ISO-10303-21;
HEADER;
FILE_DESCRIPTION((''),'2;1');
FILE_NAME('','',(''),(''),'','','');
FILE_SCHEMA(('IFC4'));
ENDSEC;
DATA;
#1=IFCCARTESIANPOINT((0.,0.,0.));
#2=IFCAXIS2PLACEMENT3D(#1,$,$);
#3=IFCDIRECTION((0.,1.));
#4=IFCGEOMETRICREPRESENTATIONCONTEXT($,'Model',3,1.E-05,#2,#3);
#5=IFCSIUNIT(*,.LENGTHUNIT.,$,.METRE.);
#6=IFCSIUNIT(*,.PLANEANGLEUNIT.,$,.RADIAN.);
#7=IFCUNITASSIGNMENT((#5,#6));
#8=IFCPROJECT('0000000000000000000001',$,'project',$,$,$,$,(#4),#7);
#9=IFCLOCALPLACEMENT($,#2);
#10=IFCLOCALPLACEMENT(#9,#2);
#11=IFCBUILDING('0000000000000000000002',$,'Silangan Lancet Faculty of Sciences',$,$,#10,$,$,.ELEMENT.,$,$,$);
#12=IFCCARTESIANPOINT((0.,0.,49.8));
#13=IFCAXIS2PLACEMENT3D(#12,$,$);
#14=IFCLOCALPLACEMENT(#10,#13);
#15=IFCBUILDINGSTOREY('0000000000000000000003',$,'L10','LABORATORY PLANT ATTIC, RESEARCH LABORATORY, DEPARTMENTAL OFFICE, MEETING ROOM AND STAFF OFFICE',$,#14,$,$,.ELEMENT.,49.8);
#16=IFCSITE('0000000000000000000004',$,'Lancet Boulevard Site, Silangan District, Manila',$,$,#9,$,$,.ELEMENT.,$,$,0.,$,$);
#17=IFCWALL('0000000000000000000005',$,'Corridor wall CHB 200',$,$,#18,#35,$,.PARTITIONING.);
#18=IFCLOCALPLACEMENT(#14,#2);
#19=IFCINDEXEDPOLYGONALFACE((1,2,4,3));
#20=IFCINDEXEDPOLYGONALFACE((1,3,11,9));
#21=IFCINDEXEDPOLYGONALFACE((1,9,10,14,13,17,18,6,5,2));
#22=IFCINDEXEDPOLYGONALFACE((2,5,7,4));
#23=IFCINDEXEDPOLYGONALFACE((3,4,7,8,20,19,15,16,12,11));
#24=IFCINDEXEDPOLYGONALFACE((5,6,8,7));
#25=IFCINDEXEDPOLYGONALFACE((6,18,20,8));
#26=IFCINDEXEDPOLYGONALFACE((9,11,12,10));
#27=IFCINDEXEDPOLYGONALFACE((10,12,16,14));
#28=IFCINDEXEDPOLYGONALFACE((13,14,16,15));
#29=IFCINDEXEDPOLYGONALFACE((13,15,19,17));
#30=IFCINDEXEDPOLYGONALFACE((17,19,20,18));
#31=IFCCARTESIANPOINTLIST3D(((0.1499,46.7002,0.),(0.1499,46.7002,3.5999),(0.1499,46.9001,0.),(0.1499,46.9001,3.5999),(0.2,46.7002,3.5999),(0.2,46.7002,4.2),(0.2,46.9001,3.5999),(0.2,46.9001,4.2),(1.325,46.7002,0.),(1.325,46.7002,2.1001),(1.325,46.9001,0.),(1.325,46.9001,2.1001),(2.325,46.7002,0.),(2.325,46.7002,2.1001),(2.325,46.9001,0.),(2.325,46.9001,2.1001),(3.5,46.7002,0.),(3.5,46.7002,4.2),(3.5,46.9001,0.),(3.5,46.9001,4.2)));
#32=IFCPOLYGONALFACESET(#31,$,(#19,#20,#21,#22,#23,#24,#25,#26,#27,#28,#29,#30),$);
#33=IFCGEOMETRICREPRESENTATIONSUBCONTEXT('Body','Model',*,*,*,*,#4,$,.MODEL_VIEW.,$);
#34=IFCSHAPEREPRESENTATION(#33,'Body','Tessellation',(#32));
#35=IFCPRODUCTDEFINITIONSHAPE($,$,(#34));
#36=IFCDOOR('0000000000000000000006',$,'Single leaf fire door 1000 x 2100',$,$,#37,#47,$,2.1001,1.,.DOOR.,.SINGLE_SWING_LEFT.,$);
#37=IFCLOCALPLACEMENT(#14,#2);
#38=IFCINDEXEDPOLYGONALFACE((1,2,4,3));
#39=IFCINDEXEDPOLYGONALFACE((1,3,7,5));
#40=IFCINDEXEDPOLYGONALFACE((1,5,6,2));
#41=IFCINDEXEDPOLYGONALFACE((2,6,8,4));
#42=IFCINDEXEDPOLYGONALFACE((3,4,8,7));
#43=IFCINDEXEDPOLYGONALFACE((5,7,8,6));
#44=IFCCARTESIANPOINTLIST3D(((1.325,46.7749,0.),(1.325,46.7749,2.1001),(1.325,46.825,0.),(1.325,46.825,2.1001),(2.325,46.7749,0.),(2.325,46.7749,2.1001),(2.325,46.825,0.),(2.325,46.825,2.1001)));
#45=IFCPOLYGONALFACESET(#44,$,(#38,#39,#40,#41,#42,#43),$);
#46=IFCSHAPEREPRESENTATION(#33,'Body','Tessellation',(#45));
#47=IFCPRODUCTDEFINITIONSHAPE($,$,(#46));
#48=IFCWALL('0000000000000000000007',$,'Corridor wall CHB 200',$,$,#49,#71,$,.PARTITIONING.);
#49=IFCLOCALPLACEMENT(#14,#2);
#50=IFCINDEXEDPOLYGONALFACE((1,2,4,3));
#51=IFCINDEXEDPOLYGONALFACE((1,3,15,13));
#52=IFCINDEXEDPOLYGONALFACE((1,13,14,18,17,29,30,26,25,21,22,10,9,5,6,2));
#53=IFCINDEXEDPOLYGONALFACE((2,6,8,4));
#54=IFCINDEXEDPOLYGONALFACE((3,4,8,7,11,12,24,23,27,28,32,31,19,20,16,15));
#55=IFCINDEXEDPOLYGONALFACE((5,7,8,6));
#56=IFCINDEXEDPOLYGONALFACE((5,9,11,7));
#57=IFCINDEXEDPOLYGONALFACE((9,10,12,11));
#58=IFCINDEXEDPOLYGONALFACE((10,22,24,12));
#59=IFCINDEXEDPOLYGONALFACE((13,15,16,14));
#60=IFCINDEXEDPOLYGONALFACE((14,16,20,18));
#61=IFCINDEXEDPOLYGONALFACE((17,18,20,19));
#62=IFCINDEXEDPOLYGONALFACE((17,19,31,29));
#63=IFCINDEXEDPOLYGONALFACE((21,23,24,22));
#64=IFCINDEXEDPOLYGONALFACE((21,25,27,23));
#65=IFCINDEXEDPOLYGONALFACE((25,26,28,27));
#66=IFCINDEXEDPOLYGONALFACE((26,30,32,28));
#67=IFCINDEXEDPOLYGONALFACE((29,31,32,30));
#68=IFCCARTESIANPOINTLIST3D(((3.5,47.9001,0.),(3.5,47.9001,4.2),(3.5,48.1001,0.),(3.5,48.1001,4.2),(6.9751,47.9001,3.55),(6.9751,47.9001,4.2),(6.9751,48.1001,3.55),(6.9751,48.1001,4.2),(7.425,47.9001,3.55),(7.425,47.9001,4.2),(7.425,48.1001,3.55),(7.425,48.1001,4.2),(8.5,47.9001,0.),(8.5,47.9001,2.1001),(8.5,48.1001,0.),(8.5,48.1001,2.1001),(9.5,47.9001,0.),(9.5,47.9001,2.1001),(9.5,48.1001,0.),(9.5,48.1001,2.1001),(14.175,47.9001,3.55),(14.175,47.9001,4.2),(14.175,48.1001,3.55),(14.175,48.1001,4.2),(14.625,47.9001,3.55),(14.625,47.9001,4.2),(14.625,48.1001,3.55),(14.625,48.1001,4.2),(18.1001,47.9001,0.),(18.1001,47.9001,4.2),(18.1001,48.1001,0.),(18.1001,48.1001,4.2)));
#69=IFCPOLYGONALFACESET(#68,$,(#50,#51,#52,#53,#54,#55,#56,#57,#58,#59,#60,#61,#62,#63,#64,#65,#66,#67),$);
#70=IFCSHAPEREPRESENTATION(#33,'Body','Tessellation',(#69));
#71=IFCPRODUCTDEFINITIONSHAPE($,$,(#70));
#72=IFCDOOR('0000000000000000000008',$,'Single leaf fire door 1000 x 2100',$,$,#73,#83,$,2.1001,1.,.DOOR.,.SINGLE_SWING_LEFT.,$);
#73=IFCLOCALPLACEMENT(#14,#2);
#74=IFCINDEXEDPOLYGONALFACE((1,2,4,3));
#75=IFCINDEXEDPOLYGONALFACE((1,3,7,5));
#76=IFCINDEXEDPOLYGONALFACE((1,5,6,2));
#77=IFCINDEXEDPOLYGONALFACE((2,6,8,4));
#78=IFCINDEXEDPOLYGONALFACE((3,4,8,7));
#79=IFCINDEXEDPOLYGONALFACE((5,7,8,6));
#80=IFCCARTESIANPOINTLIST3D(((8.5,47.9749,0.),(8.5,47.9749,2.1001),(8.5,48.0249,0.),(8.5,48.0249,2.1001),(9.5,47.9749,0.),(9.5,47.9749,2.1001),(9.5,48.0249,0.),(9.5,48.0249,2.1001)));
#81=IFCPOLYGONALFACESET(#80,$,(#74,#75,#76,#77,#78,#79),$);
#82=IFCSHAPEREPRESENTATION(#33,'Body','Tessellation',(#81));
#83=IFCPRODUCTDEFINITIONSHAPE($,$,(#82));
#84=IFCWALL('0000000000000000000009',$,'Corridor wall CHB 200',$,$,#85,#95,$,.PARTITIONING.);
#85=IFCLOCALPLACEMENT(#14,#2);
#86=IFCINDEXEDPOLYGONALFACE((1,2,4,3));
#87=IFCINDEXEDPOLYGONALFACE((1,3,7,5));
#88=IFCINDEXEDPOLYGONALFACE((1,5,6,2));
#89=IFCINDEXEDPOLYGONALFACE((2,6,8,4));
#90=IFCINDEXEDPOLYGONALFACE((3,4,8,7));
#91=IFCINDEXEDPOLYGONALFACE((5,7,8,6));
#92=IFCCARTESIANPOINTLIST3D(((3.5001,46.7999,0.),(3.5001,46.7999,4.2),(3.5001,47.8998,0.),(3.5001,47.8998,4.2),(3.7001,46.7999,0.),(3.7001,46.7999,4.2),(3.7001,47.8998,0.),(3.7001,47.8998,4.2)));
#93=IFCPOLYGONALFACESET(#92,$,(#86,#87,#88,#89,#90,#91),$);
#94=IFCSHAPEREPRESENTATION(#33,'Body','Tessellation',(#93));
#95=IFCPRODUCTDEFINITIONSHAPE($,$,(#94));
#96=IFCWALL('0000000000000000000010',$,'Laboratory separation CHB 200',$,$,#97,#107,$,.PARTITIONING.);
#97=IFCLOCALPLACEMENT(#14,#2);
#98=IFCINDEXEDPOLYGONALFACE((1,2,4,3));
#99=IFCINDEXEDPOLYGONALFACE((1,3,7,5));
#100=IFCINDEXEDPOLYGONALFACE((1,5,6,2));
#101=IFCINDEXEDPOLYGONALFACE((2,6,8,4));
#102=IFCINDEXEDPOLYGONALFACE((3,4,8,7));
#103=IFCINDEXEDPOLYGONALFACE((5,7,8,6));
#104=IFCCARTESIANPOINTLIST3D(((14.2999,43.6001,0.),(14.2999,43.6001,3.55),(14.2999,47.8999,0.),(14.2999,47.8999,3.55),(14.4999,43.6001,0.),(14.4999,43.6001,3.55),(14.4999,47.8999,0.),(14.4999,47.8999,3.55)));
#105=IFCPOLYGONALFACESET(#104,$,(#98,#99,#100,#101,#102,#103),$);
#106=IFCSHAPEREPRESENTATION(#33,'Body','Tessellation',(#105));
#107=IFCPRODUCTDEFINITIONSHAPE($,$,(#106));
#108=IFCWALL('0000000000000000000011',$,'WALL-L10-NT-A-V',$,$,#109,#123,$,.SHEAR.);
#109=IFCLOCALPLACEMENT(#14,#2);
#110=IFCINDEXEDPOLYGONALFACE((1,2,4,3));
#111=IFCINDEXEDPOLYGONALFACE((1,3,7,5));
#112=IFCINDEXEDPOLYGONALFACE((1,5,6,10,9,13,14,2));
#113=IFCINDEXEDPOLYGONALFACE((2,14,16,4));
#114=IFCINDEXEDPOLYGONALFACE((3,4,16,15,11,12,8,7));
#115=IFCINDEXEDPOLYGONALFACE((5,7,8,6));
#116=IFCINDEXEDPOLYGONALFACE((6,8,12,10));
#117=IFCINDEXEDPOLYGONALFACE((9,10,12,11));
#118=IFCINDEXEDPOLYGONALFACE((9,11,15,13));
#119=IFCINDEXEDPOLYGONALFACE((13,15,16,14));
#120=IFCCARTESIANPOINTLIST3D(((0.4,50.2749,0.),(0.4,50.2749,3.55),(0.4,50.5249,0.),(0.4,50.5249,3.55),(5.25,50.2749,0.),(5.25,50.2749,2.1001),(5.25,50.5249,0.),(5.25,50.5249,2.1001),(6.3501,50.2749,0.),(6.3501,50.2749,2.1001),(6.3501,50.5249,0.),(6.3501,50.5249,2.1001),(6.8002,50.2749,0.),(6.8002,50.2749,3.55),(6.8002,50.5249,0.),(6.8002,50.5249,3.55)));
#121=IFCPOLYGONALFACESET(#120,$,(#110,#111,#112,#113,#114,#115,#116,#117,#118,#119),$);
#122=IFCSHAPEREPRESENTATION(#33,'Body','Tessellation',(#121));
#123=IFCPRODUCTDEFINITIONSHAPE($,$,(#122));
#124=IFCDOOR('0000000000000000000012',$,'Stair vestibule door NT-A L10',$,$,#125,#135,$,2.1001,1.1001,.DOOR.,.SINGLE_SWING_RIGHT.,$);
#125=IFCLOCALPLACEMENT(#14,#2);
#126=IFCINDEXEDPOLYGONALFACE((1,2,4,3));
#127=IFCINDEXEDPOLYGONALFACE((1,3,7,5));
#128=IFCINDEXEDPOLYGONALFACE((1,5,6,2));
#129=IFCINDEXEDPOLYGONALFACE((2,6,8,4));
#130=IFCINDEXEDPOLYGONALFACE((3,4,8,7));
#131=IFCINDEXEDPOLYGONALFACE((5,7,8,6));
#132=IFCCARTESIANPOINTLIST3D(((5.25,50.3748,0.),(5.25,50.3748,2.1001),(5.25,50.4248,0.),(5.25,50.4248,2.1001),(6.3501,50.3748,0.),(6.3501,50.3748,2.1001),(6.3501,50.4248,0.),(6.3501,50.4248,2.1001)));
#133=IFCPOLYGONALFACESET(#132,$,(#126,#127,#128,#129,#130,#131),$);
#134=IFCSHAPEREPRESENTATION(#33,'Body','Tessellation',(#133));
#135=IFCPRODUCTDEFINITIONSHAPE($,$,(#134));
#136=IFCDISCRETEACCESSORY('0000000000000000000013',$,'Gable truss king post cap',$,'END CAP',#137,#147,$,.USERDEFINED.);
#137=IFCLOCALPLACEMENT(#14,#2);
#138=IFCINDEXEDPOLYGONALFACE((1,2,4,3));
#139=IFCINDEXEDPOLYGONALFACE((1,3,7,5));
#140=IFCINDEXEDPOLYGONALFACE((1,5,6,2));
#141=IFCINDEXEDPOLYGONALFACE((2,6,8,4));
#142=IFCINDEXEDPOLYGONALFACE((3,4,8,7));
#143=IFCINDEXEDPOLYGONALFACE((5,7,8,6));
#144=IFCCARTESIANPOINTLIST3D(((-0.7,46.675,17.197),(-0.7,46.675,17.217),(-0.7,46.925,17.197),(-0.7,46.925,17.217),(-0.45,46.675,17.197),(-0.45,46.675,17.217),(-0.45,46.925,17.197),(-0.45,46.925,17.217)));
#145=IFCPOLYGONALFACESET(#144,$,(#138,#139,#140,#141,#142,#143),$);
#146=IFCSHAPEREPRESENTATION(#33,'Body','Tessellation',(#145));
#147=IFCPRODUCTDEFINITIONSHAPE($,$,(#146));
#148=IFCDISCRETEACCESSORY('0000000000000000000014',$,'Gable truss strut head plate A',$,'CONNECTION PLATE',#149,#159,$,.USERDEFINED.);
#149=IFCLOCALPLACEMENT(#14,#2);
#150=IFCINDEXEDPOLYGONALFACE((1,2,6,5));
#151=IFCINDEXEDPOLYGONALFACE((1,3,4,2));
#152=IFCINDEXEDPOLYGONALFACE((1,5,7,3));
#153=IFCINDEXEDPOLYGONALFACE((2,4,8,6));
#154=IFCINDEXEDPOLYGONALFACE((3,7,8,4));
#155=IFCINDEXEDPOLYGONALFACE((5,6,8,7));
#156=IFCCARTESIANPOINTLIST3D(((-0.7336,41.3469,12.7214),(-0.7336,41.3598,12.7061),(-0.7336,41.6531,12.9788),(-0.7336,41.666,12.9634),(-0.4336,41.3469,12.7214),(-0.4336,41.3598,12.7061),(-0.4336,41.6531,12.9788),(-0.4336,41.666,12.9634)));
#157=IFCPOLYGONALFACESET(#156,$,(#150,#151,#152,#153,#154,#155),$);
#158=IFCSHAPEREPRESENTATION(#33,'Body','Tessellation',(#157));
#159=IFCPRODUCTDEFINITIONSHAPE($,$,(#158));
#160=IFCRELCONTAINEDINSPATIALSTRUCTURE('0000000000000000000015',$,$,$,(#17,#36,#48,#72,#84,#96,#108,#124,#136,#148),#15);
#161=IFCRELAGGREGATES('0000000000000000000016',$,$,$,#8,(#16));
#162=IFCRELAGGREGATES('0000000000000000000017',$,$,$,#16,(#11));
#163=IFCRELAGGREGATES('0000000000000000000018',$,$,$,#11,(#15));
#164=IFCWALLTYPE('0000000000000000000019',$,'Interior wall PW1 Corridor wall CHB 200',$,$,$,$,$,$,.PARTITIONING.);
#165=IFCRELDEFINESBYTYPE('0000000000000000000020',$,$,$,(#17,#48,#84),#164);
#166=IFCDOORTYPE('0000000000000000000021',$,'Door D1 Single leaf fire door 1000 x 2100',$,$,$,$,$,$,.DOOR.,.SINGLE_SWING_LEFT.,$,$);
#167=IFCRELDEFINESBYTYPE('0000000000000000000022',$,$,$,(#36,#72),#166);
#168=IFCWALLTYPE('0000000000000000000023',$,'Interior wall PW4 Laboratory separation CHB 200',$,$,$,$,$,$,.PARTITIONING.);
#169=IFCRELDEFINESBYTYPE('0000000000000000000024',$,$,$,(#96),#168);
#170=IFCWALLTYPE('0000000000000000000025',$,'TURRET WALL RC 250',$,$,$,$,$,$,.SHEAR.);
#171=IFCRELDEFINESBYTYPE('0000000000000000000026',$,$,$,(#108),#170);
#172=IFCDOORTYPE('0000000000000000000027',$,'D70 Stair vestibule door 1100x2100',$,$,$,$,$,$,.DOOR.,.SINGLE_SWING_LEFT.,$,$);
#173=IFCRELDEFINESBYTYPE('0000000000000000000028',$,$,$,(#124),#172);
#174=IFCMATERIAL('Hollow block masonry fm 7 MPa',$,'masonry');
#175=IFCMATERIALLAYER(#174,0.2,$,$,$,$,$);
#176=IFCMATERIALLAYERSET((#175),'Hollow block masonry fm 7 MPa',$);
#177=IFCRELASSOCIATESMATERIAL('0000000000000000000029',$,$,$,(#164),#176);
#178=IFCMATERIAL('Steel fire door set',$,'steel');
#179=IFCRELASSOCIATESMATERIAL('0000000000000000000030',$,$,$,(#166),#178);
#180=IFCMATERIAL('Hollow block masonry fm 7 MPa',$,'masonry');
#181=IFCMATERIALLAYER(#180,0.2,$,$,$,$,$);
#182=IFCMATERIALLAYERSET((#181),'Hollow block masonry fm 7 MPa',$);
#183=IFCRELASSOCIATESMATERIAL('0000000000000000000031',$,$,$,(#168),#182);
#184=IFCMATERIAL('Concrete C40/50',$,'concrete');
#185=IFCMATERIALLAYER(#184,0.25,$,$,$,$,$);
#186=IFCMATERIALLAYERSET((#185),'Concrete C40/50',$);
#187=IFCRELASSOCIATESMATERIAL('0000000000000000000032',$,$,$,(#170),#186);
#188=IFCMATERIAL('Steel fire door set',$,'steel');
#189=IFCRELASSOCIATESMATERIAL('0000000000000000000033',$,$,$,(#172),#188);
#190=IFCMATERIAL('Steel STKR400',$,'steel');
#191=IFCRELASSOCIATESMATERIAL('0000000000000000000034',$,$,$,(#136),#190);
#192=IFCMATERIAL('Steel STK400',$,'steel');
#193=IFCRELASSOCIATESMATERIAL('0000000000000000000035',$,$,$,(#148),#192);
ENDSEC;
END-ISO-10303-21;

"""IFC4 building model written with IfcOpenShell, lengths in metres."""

from ifc_helpers import new_model, si_unit, direction, frame, frame_2d, origin, origin_2d, place, context, subcontext, project, spatial, polyline, rectangle, outline, extrude, material, layer, layer_set, type_object, element, fill, save


model = new_model("IFC4")

# Units and contexts
model_context = context("Model", 3, precision=1e-05, world=origin(), true_north=direction((0.0, 1.0)))
body_context = subcontext(model_context, "Body", "Model", "MODEL_VIEW")
ifc_project = project(units=[si_unit("LENGTHUNIT", "METRE"), si_unit("PLANEANGLEUNIT", "RADIAN")], contexts=[model_context])

# Site, building, storey
site_placement = place(None, origin())
site = spatial("IfcSite", under=ifc_project, at=site_placement, Name="Lancet Boulevard Site, Silangan District, Manila", CompositionType="ELEMENT", RefElevation=0.0)
building_placement = place(site_placement, origin())
building = spatial("IfcBuilding", under=site, at=building_placement, Name="Silangan Lancet Faculty of Sciences", CompositionType="ELEMENT")
storey_placement = place(building_placement, frame((0.0, 0.0, 49.8)))
storey = spatial("IfcBuildingStorey", under=building, at=storey_placement, Name="L10", Description="LABORATORY PLANT ATTIC, RESEARCH LABORATORY, DEPARTMENTAL OFFICE, MEETING ROOM AND STAFF OFFICE", CompositionType="ELEMENT", Elevation=49.8)

# Walls, openings, doors
ifc_material_1 = material(Name="Hollow block masonry fm 7 MPa", Category="masonry")
ifc_layer_1 = layer(ifc_material_1, 0.2)
ifc_layer_set_1 = layer_set([ifc_layer_1], Name="Hollow block masonry fm 7 MPa")
wall_type_1 = type_object("IfcWallType", Name="Interior wall PW1 Corridor wall CHB 200", PredefinedType="PARTITIONING", material=ifc_layer_set_1)
wall_1_placement = place(storey_placement, frame((0.1499, 46.8, 0.0), z_axis=(0.0, 0.0, 1.0), x_axis=(1.0, 0.0, 0.0)))
wall_1 = element("IfcWall", 1, at=wall_1_placement, inside=storey, type_object=wall_type_1, Name="Corridor wall CHB 200", PredefinedType="PARTITIONING", context=body_context, shape_type="SweptSolid", body=[
    extrude(outline(polyline([(0.0, 0.0), (3.3501, 0.0), (3.3501, 4.2), (0.05, 4.2), (0.05, 3.5999), (0.0, 3.5999), (0.0, 0.0)])), frame((0.0, 0.1001, 0.0), z_axis=(0.0, -1.0, 0.0), x_axis=(1.0, 0.0, 0.0)), (0.0, 0.0, 1.0), 0.2),
])
opening_1_placement = place(wall_1_placement, frame((1.175, 0.0, 0.0)))
opening_1 = element("IfcOpeningElement", 2, at=opening_1_placement, cuts=wall_1, PredefinedType="OPENING", context=body_context, shape_type="SweptSolid", body=[
    extrude(rectangle(XDim=1.0, YDim=2.1001, at=frame_2d((0.5, 1.05))), frame((0.0, 0.1099, 0.0), z_axis=(0.0, -1.0, 0.0), x_axis=(1.0, 0.0, 0.0)), (0.0, 0.0, 1.0), 0.22),
])
ifc_material_2 = material(Name="Steel fire door set", Category="steel")
door_type_1 = type_object("IfcDoorType", Name="Door D1 Single leaf fire door 1000 x 2100", OperationType="SINGLE_SWING_LEFT", PredefinedType="DOOR", material=ifc_material_2)
door_1_placement = place(opening_1_placement, frame((1.0, 0.0, 0.0), z_axis=(0.0, 0.0, 1.0), x_axis=(-1.0, 0.0, 0.0)))
door_1 = element("IfcDoor", 3, at=door_1_placement, inside=storey, type_object=door_type_1, Name="Single leaf fire door 1000 x 2100", OperationType="SINGLE_SWING_LEFT", OverallHeight=2.1001, OverallWidth=1.0, PredefinedType="DOOR", context=body_context, shape_type="SweptSolid", body=[
    extrude(rectangle(XDim=1.0, YDim=2.1001, at=frame_2d((0.5, 1.05))), frame((0.0, 0.0251, 0.0), z_axis=(0.0, -1.0, 0.0), x_axis=(1.0, 0.0, 0.0)), (0.0, 0.0, 1.0), 0.05),
])
fill(opening_1, door_1)
wall_2_placement = place(storey_placement, frame((3.5, 48.0, 0.0), z_axis=(0.0, 0.0, 1.0), x_axis=(1.0, 0.0, 0.0)))
wall_2 = element("IfcWall", 4, at=wall_2_placement, inside=storey, type_object=wall_type_1, Name="Corridor wall CHB 200", PredefinedType="PARTITIONING", context=body_context, shape_type="SweptSolid", body=[
    extrude(outline(polyline([(0.0, 0.0), (14.6001, 0.0), (14.6001, 4.2), (11.125, 4.2), (11.125, 3.55), (10.675, 3.55), (10.675, 4.2), (3.925, 4.2), (3.925, 3.55), (3.4751, 3.55), (3.4751, 4.2), (0.0, 4.2), (0.0, 0.0)])), frame((0.0, 0.1001, 0.0), z_axis=(0.0, -1.0, 0.0), x_axis=(1.0, 0.0, 0.0)), (0.0, 0.0, 1.0), 0.2),
])
opening_2_placement = place(wall_2_placement, frame((5.0, 0.0, 0.0)))
opening_2 = element("IfcOpeningElement", 5, at=opening_2_placement, cuts=wall_2, PredefinedType="OPENING", context=body_context, shape_type="SweptSolid", body=[
    extrude(rectangle(XDim=1.0, YDim=2.1001, at=frame_2d((0.5, 1.05))), frame((0.0, 0.1099, 0.0), z_axis=(0.0, -1.0, 0.0), x_axis=(1.0, 0.0, 0.0)), (0.0, 0.0, 1.0), 0.22),
])
door_2_placement = place(opening_2_placement, frame((1.0, 0.0, 0.0), z_axis=(0.0, 0.0, 1.0), x_axis=(-1.0, 0.0, 0.0)))
door_2 = element("IfcDoor", 6, at=door_2_placement, inside=storey, type_object=door_type_1, Name="Single leaf fire door 1000 x 2100", OperationType="SINGLE_SWING_LEFT", OverallHeight=2.1001, OverallWidth=1.0, PredefinedType="DOOR", context=body_context, shape_type="SweptSolid", body=[
    extrude(rectangle(XDim=1.0, YDim=2.1001, at=frame_2d((0.5, 1.05))), frame((0.0, 0.0251, 0.0), z_axis=(0.0, -1.0, 0.0), x_axis=(1.0, 0.0, 0.0)), (0.0, 0.0, 1.0), 0.05),
])
fill(opening_2, door_2)

# Walls
wall_3_placement = place(storey_placement, frame((3.6001, 46.8, 0.0), z_axis=(0.0, 0.0, 1.0), x_axis=(0.0, 1.0, 0.0)))
element("IfcWall", 7, at=wall_3_placement, inside=storey, type_object=wall_type_1, Name="Corridor wall CHB 200", PredefinedType="PARTITIONING", context=body_context, shape_type="SweptSolid", body=[
    extrude(rectangle(XDim=1.0999, YDim=0.2, at=frame_2d((0.5498, 0.0))), origin(), (0.0, 0.0, 1.0), 4.2),
])
ifc_material_3 = material(Name="Hollow block masonry fm 7 MPa", Category="masonry")
ifc_layer_2 = layer(ifc_material_3, 0.2)
ifc_layer_set_2 = layer_set([ifc_layer_2], Name="Hollow block masonry fm 7 MPa")
wall_type_2 = type_object("IfcWallType", Name="Interior wall PW4 Laboratory separation CHB 200", PredefinedType="PARTITIONING", material=ifc_layer_set_2)
wall_4_placement = place(storey_placement, frame((14.3999, 43.6001, 0.0), z_axis=(0.0, 0.0, 1.0), x_axis=(0.0, 1.0, 0.0)))
element("IfcWall", 8, at=wall_4_placement, inside=storey, type_object=wall_type_2, Name="Laboratory separation CHB 200", PredefinedType="PARTITIONING", context=body_context, shape_type="SweptSolid", body=[
    extrude(rectangle(XDim=4.2998, YDim=0.2, at=frame_2d((2.1499, 0.0))), origin(), (0.0, 0.0, 1.0), 3.55),
])

# Wall, opening, door
ifc_material_4 = material(Name="Concrete C40/50", Category="concrete")
ifc_layer_3 = layer(ifc_material_4, 0.25)
ifc_layer_set_3 = layer_set([ifc_layer_3], Name="Concrete C40/50")
wall_type_3 = type_object("IfcWallType", Name="TURRET WALL RC 250", PredefinedType="SHEAR", material=ifc_layer_set_3)
wall_5_placement = place(storey_placement, frame((0.3999, 50.3999, 0.0), z_axis=(0.0, 0.0, 1.0), x_axis=(1.0, 0.0, 0.0)))
wall_5 = element("IfcWall", 9, at=wall_5_placement, inside=storey, type_object=wall_type_3, Name="WALL-L10-NT-A-V", PredefinedType="SHEAR", context=body_context, shape_type="SweptSolid", body=[
    extrude(rectangle(XDim=6.4001, YDim=0.25, at=frame_2d((3.2002, 0.0))), origin(), (0.0, 0.0, 1.0), 3.55),
])
opening_3_placement = place(wall_5_placement, frame((4.8501, 0.0, 0.0)))
opening_3 = element("IfcOpeningElement", 10, at=opening_3_placement, cuts=wall_5, PredefinedType="OPENING", context=body_context, shape_type="SweptSolid", body=[
    extrude(rectangle(XDim=1.1001, YDim=2.1001, at=frame_2d((0.55, 1.05))), frame((0.0, 0.135, 0.0), z_axis=(0.0, -1.0, 0.0), x_axis=(1.0, 0.0, 0.0)), (0.0, 0.0, 1.0), 0.27),
])
ifc_material_5 = material(Name="Steel fire door set", Category="steel")
door_type_2 = type_object("IfcDoorType", Name="D70 Stair vestibule door 1100x2100", OperationType="SINGLE_SWING_LEFT", PredefinedType="DOOR", material=ifc_material_5)
door_3_placement = place(opening_3_placement, origin())
door_3 = element("IfcDoor", 11, at=door_3_placement, inside=storey, type_object=door_type_2, Name="Stair vestibule door NT-A L10", OperationType="SINGLE_SWING_RIGHT", OverallHeight=2.1001, OverallWidth=1.1001, PredefinedType="DOOR", context=body_context, shape_type="SweptSolid", body=[
    extrude(rectangle(XDim=1.1001, YDim=2.1001, at=frame_2d((0.55, 1.05))), frame((0.0, 0.0249, 0.0), z_axis=(0.0, -1.0, 0.0), x_axis=(1.0, 0.0, 0.0)), (0.0, 0.0, 1.0), 0.05),
])
fill(opening_3, door_3)

# Discrete accessories
ifc_material_6 = material(Name="Steel STKR400", Category="steel")
discrete_accessory_1_placement = place(storey_placement, frame((-0.575, 46.8, 17.197), z_axis=(0.0, 0.0, 1.0), x_axis=(1.0, 0.0, 0.0)))
element("IfcDiscreteAccessory", 12, at=discrete_accessory_1_placement, inside=storey, material=ifc_material_6, Name="Gable truss king post cap", ObjectType="END CAP", PredefinedType="USERDEFINED", context=body_context, shape_type="SweptSolid", body=[
    extrude(rectangle(XDim=0.25, YDim=0.25, at=origin_2d()), origin(), (0.0, 0.0, 1.0), 0.02),
])
ifc_material_7 = material(Name="Steel STK400", Category="steel")
discrete_accessory_2_placement = place(storey_placement, frame((-0.7336, 41.3469, 12.7214), z_axis=(0.0, -0.643421, 0.765512), x_axis=(1.0, 0.0, 0.0)))
element("IfcDiscreteAccessory", 13, at=discrete_accessory_2_placement, inside=storey, material=ifc_material_7, Name="Gable truss strut head plate A", ObjectType="CONNECTION PLATE", PredefinedType="USERDEFINED", context=body_context, shape_type="SweptSolid", body=[
    extrude(outline(polyline([(0.0, 0.0), (0.3, 0.0), (0.3, 0.3999), (0.0, 0.3999), (0.0, 0.0)])), origin(), (0.0, 0.0, -1.0), 0.02),
])

save(model, "model.ifc")
